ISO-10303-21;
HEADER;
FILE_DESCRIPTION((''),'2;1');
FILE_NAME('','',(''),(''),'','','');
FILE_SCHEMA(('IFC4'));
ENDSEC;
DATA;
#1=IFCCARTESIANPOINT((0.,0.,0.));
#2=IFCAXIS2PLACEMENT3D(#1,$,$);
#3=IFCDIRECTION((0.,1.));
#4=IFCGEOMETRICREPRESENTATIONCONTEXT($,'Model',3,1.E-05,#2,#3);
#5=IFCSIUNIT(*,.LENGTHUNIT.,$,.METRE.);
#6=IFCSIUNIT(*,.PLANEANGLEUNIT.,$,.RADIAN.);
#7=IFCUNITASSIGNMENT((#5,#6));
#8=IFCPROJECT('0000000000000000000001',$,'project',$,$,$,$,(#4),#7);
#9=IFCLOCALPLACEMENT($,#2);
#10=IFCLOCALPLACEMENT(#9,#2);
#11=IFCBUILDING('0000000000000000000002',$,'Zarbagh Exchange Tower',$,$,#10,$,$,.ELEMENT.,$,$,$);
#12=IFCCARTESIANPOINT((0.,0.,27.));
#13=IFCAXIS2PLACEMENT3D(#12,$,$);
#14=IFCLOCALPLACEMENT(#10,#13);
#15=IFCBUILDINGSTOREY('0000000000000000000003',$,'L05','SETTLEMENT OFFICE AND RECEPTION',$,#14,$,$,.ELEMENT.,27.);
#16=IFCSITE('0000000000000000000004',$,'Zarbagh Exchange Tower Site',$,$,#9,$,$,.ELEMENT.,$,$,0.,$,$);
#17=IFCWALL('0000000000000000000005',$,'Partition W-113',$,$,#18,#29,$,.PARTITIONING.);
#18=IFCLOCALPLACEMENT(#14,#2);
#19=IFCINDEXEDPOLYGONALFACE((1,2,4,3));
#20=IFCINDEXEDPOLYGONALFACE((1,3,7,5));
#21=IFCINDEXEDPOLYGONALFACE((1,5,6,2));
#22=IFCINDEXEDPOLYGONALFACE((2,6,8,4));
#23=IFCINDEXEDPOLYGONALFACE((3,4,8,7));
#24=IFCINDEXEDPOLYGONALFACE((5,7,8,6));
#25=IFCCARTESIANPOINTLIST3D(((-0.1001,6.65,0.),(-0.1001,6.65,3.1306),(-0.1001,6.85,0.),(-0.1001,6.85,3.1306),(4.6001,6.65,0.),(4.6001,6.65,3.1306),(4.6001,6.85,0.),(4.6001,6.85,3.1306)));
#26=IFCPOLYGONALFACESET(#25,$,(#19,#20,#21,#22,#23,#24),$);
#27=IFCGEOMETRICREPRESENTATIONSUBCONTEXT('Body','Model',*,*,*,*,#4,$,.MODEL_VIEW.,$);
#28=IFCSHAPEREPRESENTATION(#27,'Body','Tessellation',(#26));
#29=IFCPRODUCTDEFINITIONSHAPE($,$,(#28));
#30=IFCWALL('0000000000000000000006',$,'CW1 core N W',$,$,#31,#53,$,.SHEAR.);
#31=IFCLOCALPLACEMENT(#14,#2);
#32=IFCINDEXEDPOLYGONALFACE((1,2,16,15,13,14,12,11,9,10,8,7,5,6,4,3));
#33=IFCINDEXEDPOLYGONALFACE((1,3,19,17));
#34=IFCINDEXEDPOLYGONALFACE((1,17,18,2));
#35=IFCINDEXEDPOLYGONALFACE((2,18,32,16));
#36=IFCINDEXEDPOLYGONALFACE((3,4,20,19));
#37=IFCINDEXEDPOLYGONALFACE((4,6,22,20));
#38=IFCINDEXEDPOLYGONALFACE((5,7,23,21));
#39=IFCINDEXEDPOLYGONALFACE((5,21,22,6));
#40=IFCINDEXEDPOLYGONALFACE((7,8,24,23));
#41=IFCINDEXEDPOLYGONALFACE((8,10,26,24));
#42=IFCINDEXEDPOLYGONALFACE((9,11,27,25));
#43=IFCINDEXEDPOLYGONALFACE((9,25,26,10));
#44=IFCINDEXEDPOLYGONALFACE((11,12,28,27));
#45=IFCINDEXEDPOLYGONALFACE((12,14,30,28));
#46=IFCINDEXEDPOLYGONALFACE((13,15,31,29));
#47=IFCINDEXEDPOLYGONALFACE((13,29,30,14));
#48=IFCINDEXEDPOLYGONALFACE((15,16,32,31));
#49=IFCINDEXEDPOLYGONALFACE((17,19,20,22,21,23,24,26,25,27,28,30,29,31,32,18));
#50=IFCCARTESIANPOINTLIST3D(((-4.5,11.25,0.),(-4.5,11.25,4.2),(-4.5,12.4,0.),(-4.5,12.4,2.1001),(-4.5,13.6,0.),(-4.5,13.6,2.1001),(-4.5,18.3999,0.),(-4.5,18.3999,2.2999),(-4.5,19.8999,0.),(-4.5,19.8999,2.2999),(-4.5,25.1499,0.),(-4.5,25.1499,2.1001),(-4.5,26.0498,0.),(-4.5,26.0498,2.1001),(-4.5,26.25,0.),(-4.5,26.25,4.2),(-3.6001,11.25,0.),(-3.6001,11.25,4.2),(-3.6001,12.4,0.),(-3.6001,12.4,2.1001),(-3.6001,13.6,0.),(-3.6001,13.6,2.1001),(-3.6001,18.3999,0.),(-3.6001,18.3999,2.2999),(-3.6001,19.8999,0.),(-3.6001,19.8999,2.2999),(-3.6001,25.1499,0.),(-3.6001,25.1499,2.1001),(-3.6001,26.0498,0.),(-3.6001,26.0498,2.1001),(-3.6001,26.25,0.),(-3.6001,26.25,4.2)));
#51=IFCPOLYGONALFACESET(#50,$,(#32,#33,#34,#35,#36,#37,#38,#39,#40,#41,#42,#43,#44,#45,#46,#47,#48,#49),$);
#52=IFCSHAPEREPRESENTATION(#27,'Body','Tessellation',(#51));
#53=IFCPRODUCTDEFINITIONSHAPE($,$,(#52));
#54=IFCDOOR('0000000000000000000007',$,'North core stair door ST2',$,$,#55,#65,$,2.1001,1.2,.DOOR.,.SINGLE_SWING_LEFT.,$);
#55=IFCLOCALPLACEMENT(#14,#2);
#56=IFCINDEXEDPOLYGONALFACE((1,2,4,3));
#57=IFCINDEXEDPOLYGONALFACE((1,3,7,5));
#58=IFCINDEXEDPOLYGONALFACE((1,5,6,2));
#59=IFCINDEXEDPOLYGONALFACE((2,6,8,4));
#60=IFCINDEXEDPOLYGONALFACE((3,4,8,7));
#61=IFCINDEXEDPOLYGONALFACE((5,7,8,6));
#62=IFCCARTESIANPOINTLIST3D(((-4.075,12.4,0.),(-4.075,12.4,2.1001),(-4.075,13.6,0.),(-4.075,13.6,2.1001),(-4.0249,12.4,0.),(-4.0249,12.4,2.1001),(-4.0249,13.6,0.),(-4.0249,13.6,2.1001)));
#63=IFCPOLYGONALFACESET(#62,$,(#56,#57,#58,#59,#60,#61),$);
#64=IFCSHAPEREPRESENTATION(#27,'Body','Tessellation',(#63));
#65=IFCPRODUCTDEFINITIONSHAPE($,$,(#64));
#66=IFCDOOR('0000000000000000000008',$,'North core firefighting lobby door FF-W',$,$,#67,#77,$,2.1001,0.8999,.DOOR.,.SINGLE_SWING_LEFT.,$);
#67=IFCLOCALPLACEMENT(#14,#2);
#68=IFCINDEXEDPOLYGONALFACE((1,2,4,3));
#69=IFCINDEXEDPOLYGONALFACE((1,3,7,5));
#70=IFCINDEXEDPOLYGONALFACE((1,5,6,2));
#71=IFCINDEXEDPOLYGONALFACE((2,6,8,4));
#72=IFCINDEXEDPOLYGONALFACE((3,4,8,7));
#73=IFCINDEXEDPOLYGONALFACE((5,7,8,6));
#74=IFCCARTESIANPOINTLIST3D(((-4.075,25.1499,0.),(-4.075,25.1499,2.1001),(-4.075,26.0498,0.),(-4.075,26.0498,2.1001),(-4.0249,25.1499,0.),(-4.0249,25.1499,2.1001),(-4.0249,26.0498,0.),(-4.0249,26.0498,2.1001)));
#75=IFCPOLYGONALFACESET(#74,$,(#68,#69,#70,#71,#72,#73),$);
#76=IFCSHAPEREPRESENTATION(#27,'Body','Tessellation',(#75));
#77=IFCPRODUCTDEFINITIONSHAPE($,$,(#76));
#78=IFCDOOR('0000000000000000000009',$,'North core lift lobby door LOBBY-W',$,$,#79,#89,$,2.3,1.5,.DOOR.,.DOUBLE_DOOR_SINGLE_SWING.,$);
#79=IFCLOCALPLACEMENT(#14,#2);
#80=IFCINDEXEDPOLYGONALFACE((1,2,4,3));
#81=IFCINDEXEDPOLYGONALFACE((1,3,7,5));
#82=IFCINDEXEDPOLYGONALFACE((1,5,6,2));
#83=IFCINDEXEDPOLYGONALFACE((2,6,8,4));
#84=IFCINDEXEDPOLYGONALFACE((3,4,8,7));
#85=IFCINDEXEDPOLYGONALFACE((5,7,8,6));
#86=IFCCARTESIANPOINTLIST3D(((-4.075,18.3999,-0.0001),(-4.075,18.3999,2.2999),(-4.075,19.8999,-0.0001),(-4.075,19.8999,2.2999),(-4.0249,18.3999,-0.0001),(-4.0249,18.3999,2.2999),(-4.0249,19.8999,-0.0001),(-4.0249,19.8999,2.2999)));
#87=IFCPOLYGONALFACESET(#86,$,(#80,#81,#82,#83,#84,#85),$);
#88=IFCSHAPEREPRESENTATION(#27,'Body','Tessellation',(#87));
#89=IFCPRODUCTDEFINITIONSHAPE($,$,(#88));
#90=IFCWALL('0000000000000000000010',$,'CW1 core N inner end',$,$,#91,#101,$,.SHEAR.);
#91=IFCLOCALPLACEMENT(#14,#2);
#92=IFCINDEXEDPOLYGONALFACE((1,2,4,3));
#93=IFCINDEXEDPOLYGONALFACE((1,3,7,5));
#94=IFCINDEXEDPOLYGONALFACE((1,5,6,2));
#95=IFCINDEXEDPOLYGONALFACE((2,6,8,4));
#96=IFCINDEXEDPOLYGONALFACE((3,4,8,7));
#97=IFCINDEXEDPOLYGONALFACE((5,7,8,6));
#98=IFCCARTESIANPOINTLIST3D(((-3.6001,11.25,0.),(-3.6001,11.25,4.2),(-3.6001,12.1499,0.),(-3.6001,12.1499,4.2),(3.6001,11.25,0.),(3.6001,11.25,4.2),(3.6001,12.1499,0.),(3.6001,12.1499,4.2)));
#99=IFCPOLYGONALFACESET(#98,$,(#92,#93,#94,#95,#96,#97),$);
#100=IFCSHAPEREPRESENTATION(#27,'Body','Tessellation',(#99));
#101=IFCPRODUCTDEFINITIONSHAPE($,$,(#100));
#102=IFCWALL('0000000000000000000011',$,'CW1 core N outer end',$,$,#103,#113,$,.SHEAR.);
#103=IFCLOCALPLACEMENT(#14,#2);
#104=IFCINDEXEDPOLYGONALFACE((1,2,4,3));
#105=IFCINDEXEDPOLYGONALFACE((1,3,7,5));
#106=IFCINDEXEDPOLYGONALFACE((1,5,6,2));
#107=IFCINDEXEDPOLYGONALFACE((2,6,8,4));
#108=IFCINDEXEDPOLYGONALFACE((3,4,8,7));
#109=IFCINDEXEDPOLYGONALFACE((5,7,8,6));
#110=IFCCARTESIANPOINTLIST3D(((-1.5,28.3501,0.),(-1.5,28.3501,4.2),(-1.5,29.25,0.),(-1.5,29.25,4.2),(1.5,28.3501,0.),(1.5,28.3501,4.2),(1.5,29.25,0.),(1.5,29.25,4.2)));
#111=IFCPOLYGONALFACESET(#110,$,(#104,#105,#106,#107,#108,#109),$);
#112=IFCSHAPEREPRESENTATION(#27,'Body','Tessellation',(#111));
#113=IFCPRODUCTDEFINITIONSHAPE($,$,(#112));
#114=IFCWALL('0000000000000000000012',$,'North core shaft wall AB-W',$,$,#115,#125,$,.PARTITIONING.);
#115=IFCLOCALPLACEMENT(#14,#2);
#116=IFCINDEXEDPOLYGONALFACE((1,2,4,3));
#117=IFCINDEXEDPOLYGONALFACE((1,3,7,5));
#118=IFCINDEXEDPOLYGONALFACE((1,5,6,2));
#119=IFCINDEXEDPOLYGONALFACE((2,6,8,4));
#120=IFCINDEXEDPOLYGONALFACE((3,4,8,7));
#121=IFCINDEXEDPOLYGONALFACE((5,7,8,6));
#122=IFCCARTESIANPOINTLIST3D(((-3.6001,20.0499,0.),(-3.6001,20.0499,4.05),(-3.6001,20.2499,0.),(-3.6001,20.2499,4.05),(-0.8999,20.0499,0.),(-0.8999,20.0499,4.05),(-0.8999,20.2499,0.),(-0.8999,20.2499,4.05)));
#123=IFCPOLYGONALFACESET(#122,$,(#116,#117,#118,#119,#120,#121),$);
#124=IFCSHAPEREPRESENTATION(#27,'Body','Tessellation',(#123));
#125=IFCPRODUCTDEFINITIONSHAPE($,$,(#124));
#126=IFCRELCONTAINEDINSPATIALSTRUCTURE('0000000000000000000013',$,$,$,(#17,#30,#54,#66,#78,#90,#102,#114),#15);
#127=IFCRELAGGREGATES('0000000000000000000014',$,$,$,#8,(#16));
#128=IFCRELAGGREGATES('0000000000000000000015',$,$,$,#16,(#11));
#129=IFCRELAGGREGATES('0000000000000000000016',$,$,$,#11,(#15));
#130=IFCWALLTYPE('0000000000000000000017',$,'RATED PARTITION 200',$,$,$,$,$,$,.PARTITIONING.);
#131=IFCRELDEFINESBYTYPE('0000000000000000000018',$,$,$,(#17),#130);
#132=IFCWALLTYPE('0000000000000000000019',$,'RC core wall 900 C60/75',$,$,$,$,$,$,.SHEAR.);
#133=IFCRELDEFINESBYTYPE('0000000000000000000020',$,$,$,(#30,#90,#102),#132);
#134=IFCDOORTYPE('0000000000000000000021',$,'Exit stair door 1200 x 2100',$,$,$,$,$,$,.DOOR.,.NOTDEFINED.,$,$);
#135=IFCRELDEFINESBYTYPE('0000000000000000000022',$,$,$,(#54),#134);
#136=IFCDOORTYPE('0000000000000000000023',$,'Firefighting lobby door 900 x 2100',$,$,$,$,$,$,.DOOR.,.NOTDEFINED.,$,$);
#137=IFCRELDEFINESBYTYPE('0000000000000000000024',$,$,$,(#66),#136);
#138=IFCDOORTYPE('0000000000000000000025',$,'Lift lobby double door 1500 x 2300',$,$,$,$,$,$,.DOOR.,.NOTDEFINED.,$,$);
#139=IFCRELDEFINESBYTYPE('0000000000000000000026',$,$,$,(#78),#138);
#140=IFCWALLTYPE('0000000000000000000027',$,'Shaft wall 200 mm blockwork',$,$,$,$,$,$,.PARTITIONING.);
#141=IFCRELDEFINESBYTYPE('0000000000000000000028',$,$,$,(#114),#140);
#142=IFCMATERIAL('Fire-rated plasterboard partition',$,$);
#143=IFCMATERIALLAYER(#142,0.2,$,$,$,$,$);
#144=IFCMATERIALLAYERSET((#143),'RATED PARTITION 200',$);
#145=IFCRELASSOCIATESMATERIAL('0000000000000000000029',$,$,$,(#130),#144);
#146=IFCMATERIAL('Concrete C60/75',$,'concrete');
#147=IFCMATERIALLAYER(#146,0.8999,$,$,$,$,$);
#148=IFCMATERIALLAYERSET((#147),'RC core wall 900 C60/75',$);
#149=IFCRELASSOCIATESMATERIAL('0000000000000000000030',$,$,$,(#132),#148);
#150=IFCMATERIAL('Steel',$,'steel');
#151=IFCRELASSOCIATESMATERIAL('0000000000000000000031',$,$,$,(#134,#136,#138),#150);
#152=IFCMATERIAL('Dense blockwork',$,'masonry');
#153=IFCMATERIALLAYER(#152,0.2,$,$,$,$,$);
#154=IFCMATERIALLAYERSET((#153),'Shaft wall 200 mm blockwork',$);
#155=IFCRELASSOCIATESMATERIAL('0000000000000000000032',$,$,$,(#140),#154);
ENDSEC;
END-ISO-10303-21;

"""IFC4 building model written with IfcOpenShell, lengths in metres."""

from ifc_helpers import new_model, si_unit, direction, frame, frame_2d, origin, place, context, subcontext, project, spatial, rectangle, extrude, material, layer, layer_set, type_object, element, fill, save


model = new_model("IFC4")

# Units and contexts
model_context = context("Model", 3, precision=1e-05, world=origin(), true_north=direction((0.0, 1.0)))
body_context = subcontext(model_context, "Body", "Model", "MODEL_VIEW")
ifc_project = project(units=[si_unit("LENGTHUNIT", "METRE"), si_unit("PLANEANGLEUNIT", "RADIAN")], contexts=[model_context])

# Site, building, storey
site_placement = place(None, origin())
site = spatial("IfcSite", under=ifc_project, at=site_placement, Name="Zarbagh Exchange Tower Site", CompositionType="ELEMENT", RefElevation=0.0)
building_placement = place(site_placement, origin())
building = spatial("IfcBuilding", under=site, at=building_placement, Name="Zarbagh Exchange Tower", CompositionType="ELEMENT")
storey_placement = place(building_placement, frame((0.0, 0.0, 27.0)))
storey = spatial("IfcBuildingStorey", under=building, at=storey_placement, Name="L05", Description="SETTLEMENT OFFICE AND RECEPTION", CompositionType="ELEMENT", Elevation=27.0)

# Shared definitions
ifc_material_1 = material(Name="Concrete C60/75", Category="concrete")

# Shared definitions
ifc_material_2 = material(Name="Fire-rated plasterboard partition")
ifc_layer_1 = layer(ifc_material_2, 0.2)
ifc_layer_set_1 = layer_set([ifc_layer_1], Name="RATED PARTITION 200")
wall_type_1 = type_object("IfcWallType", Name="RATED PARTITION 200", PredefinedType="PARTITIONING", material=ifc_layer_set_1)

# Wall
for number, where, z_axis, x_axis, name in (
    (1, (-0.1001, 6.75, 0.0), (0.0, 0.0, 1.0), (1.0, 0.0, 0.0), "Partition W-113"),
):
    element("IfcWall", number, at=place(storey_placement, frame(where, z_axis=z_axis, x_axis=x_axis)), inside=storey, type_object=wall_type_1, Name=name, PredefinedType="PARTITIONING", context=body_context, shape_type="SweptSolid", body=[
        extrude(rectangle(XDim=4.7002, YDim=0.2, at=frame_2d((2.3501, 0.0))), origin(), (0.0, 0.0, 1.0), 3.1306),
    ])

# Wall, openings, doors
ifc_layer_2 = layer(ifc_material_1, 0.8999)
ifc_layer_set_2 = layer_set([ifc_layer_2], Name="RC core wall 900 C60/75")
wall_type_2 = type_object("IfcWallType", Name="RC core wall 900 C60/75", PredefinedType="SHEAR", material=ifc_layer_set_2)
wall_1_placement = place(storey_placement, frame((-4.05, 11.25, 0.0), z_axis=(0.0, 0.0, 1.0), x_axis=(0.0, 1.0, 0.0)))
wall_1 = element("IfcWall", 2, at=wall_1_placement, inside=storey, type_object=wall_type_2, Name="CW1 core N W", PredefinedType="SHEAR", context=body_context, shape_type="SweptSolid", body=[
    extrude(rectangle(XDim=15.0, YDim=0.8999, at=frame_2d((7.5, 0.0))), origin(), (0.0, 0.0, 1.0), 4.2),
])
opening_1_placement = place(wall_1_placement, frame((7.1499, 0.0, 0.0)))
opening_1 = element("IfcOpeningElement", 3, at=opening_1_placement, cuts=wall_1, PredefinedType="OPENING", context=body_context, shape_type="SweptSolid", body=[
    extrude(rectangle(XDim=1.5, YDim=2.3, at=frame_2d((0.75, 1.1499))), frame((0.0, 0.46, 0.0), z_axis=(0.0, -1.0, 0.0), x_axis=(1.0, 0.0, 0.0)), (0.0, 0.0, 1.0), 0.9199),
])
opening_2_placement = place(wall_1_placement, frame((13.8999, 0.0, 0.0)))
opening_2 = element("IfcOpeningElement", 4, at=opening_2_placement, cuts=wall_1, PredefinedType="OPENING", context=body_context, shape_type="SweptSolid", body=[
    extrude(rectangle(XDim=0.8999, YDim=2.1001, at=frame_2d((0.45, 1.05))), frame((0.0, 0.46, 0.0), z_axis=(0.0, -1.0, 0.0), x_axis=(1.0, 0.0, 0.0)), (0.0, 0.0, 1.0), 0.9199),
])
opening_3_placement = place(wall_1_placement, frame((1.1499, 0.0, 0.0)))
opening_3 = element("IfcOpeningElement", 5, at=opening_3_placement, cuts=wall_1, PredefinedType="OPENING", context=body_context, shape_type="SweptSolid", body=[
    extrude(rectangle(XDim=1.2, YDim=2.1001, at=frame_2d((0.6001, 1.05))), frame((0.0, 0.46, 0.0), z_axis=(0.0, -1.0, 0.0), x_axis=(1.0, 0.0, 0.0)), (0.0, 0.0, 1.0), 0.9199),
])
ifc_material_3 = material(Name="Steel", Category="steel")
door_type_1 = type_object("IfcDoorType", Name="Exit stair door 1200 x 2100", OperationType="NOTDEFINED", PredefinedType="DOOR", material=ifc_material_3)
door_1_placement = place(opening_3_placement, origin())
door_1 = element("IfcDoor", 6, at=door_1_placement, inside=storey, type_object=door_type_1, Name="North core stair door ST2", OperationType="SINGLE_SWING_LEFT", OverallHeight=2.1001, OverallWidth=1.2, PredefinedType="DOOR", context=body_context, shape_type="SweptSolid", body=[
    extrude(rectangle(XDim=1.2, YDim=2.1001, at=frame_2d((0.6001, 1.05))), frame((0.0, 0.0249, 0.0), z_axis=(0.0, -1.0, 0.0), x_axis=(1.0, 0.0, 0.0)), (0.0, 0.0, 1.0), 0.05),
])
fill(opening_3, door_1)
door_type_2 = type_object("IfcDoorType", Name="Firefighting lobby door 900 x 2100", OperationType="NOTDEFINED", PredefinedType="DOOR", material=ifc_material_3)
door_2_placement = place(opening_2_placement, origin())
door_2 = element("IfcDoor", 7, at=door_2_placement, inside=storey, type_object=door_type_2, Name="North core firefighting lobby door FF-W", OperationType="SINGLE_SWING_LEFT", OverallHeight=2.1001, OverallWidth=0.8999, PredefinedType="DOOR", context=body_context, shape_type="SweptSolid", body=[
    extrude(rectangle(XDim=0.8999, YDim=2.1001, at=frame_2d((0.45, 1.05))), frame((0.0, 0.0249, 0.0), z_axis=(0.0, -1.0, 0.0), x_axis=(1.0, 0.0, 0.0)), (0.0, 0.0, 1.0), 0.05),
])
fill(opening_2, door_2)
door_type_3 = type_object("IfcDoorType", Name="Lift lobby double door 1500 x 2300", OperationType="NOTDEFINED", PredefinedType="DOOR", material=ifc_material_3)
door_3_placement = place(opening_1_placement, origin())
door_3 = element("IfcDoor", 8, at=door_3_placement, inside=storey, type_object=door_type_3, Name="North core lift lobby door LOBBY-W", OperationType="DOUBLE_DOOR_SINGLE_SWING", OverallHeight=2.3, OverallWidth=1.5, PredefinedType="DOOR", context=body_context, shape_type="SweptSolid", body=[
    extrude(rectangle(XDim=1.5, YDim=2.3, at=frame_2d((0.75, 1.1499))), frame((0.0, 0.0249, 0.0), z_axis=(0.0, -1.0, 0.0), x_axis=(1.0, 0.0, 0.0)), (0.0, 0.0, 1.0), 0.05),
])
fill(opening_1, door_3)

# Walls
wall_2_placement = place(storey_placement, frame((-3.6001, 11.7, 0.0), z_axis=(0.0, 0.0, 1.0), x_axis=(1.0, 0.0, 0.0)))
element("IfcWall", 9, at=wall_2_placement, inside=storey, type_object=wall_type_2, Name="CW1 core N inner end", PredefinedType="SHEAR", context=body_context, shape_type="SweptSolid", body=[
    extrude(rectangle(XDim=7.2002, YDim=0.8999, at=frame_2d((3.6001, 0.0))), origin(), (0.0, 0.0, 1.0), 4.2),
])
wall_3_placement = place(storey_placement, frame((-1.5, 28.8, 0.0), z_axis=(0.0, 0.0, 1.0), x_axis=(1.0, 0.0, 0.0)))
element("IfcWall", 10, at=wall_3_placement, inside=storey, type_object=wall_type_2, Name="CW1 core N outer end", PredefinedType="SHEAR", context=body_context, shape_type="SweptSolid", body=[
    extrude(rectangle(XDim=3.0, YDim=0.8999, at=frame_2d((1.5, 0.0))), origin(), (0.0, 0.0, 1.0), 4.2),
])
ifc_material_4 = material(Name="Dense blockwork", Category="masonry")
ifc_layer_3 = layer(ifc_material_4, 0.2)
ifc_layer_set_3 = layer_set([ifc_layer_3], Name="Shaft wall 200 mm blockwork")
wall_type_3 = type_object("IfcWallType", Name="Shaft wall 200 mm blockwork", PredefinedType="PARTITIONING", material=ifc_layer_set_3)
wall_4_placement = place(storey_placement, frame((-3.6001, 20.1499, 0.0), z_axis=(0.0, 0.0, 1.0), x_axis=(1.0, 0.0, 0.0)))
element("IfcWall", 11, at=wall_4_placement, inside=storey, type_object=wall_type_3, Name="North core shaft wall AB-W", PredefinedType="PARTITIONING", context=body_context, shape_type="SweptSolid", body=[
    extrude(rectangle(XDim=2.7002, YDim=0.2, at=frame_2d((1.3501, 0.0))), origin(), (0.0, 0.0, 1.0), 4.05),
])

save(model, "model.ifc")
